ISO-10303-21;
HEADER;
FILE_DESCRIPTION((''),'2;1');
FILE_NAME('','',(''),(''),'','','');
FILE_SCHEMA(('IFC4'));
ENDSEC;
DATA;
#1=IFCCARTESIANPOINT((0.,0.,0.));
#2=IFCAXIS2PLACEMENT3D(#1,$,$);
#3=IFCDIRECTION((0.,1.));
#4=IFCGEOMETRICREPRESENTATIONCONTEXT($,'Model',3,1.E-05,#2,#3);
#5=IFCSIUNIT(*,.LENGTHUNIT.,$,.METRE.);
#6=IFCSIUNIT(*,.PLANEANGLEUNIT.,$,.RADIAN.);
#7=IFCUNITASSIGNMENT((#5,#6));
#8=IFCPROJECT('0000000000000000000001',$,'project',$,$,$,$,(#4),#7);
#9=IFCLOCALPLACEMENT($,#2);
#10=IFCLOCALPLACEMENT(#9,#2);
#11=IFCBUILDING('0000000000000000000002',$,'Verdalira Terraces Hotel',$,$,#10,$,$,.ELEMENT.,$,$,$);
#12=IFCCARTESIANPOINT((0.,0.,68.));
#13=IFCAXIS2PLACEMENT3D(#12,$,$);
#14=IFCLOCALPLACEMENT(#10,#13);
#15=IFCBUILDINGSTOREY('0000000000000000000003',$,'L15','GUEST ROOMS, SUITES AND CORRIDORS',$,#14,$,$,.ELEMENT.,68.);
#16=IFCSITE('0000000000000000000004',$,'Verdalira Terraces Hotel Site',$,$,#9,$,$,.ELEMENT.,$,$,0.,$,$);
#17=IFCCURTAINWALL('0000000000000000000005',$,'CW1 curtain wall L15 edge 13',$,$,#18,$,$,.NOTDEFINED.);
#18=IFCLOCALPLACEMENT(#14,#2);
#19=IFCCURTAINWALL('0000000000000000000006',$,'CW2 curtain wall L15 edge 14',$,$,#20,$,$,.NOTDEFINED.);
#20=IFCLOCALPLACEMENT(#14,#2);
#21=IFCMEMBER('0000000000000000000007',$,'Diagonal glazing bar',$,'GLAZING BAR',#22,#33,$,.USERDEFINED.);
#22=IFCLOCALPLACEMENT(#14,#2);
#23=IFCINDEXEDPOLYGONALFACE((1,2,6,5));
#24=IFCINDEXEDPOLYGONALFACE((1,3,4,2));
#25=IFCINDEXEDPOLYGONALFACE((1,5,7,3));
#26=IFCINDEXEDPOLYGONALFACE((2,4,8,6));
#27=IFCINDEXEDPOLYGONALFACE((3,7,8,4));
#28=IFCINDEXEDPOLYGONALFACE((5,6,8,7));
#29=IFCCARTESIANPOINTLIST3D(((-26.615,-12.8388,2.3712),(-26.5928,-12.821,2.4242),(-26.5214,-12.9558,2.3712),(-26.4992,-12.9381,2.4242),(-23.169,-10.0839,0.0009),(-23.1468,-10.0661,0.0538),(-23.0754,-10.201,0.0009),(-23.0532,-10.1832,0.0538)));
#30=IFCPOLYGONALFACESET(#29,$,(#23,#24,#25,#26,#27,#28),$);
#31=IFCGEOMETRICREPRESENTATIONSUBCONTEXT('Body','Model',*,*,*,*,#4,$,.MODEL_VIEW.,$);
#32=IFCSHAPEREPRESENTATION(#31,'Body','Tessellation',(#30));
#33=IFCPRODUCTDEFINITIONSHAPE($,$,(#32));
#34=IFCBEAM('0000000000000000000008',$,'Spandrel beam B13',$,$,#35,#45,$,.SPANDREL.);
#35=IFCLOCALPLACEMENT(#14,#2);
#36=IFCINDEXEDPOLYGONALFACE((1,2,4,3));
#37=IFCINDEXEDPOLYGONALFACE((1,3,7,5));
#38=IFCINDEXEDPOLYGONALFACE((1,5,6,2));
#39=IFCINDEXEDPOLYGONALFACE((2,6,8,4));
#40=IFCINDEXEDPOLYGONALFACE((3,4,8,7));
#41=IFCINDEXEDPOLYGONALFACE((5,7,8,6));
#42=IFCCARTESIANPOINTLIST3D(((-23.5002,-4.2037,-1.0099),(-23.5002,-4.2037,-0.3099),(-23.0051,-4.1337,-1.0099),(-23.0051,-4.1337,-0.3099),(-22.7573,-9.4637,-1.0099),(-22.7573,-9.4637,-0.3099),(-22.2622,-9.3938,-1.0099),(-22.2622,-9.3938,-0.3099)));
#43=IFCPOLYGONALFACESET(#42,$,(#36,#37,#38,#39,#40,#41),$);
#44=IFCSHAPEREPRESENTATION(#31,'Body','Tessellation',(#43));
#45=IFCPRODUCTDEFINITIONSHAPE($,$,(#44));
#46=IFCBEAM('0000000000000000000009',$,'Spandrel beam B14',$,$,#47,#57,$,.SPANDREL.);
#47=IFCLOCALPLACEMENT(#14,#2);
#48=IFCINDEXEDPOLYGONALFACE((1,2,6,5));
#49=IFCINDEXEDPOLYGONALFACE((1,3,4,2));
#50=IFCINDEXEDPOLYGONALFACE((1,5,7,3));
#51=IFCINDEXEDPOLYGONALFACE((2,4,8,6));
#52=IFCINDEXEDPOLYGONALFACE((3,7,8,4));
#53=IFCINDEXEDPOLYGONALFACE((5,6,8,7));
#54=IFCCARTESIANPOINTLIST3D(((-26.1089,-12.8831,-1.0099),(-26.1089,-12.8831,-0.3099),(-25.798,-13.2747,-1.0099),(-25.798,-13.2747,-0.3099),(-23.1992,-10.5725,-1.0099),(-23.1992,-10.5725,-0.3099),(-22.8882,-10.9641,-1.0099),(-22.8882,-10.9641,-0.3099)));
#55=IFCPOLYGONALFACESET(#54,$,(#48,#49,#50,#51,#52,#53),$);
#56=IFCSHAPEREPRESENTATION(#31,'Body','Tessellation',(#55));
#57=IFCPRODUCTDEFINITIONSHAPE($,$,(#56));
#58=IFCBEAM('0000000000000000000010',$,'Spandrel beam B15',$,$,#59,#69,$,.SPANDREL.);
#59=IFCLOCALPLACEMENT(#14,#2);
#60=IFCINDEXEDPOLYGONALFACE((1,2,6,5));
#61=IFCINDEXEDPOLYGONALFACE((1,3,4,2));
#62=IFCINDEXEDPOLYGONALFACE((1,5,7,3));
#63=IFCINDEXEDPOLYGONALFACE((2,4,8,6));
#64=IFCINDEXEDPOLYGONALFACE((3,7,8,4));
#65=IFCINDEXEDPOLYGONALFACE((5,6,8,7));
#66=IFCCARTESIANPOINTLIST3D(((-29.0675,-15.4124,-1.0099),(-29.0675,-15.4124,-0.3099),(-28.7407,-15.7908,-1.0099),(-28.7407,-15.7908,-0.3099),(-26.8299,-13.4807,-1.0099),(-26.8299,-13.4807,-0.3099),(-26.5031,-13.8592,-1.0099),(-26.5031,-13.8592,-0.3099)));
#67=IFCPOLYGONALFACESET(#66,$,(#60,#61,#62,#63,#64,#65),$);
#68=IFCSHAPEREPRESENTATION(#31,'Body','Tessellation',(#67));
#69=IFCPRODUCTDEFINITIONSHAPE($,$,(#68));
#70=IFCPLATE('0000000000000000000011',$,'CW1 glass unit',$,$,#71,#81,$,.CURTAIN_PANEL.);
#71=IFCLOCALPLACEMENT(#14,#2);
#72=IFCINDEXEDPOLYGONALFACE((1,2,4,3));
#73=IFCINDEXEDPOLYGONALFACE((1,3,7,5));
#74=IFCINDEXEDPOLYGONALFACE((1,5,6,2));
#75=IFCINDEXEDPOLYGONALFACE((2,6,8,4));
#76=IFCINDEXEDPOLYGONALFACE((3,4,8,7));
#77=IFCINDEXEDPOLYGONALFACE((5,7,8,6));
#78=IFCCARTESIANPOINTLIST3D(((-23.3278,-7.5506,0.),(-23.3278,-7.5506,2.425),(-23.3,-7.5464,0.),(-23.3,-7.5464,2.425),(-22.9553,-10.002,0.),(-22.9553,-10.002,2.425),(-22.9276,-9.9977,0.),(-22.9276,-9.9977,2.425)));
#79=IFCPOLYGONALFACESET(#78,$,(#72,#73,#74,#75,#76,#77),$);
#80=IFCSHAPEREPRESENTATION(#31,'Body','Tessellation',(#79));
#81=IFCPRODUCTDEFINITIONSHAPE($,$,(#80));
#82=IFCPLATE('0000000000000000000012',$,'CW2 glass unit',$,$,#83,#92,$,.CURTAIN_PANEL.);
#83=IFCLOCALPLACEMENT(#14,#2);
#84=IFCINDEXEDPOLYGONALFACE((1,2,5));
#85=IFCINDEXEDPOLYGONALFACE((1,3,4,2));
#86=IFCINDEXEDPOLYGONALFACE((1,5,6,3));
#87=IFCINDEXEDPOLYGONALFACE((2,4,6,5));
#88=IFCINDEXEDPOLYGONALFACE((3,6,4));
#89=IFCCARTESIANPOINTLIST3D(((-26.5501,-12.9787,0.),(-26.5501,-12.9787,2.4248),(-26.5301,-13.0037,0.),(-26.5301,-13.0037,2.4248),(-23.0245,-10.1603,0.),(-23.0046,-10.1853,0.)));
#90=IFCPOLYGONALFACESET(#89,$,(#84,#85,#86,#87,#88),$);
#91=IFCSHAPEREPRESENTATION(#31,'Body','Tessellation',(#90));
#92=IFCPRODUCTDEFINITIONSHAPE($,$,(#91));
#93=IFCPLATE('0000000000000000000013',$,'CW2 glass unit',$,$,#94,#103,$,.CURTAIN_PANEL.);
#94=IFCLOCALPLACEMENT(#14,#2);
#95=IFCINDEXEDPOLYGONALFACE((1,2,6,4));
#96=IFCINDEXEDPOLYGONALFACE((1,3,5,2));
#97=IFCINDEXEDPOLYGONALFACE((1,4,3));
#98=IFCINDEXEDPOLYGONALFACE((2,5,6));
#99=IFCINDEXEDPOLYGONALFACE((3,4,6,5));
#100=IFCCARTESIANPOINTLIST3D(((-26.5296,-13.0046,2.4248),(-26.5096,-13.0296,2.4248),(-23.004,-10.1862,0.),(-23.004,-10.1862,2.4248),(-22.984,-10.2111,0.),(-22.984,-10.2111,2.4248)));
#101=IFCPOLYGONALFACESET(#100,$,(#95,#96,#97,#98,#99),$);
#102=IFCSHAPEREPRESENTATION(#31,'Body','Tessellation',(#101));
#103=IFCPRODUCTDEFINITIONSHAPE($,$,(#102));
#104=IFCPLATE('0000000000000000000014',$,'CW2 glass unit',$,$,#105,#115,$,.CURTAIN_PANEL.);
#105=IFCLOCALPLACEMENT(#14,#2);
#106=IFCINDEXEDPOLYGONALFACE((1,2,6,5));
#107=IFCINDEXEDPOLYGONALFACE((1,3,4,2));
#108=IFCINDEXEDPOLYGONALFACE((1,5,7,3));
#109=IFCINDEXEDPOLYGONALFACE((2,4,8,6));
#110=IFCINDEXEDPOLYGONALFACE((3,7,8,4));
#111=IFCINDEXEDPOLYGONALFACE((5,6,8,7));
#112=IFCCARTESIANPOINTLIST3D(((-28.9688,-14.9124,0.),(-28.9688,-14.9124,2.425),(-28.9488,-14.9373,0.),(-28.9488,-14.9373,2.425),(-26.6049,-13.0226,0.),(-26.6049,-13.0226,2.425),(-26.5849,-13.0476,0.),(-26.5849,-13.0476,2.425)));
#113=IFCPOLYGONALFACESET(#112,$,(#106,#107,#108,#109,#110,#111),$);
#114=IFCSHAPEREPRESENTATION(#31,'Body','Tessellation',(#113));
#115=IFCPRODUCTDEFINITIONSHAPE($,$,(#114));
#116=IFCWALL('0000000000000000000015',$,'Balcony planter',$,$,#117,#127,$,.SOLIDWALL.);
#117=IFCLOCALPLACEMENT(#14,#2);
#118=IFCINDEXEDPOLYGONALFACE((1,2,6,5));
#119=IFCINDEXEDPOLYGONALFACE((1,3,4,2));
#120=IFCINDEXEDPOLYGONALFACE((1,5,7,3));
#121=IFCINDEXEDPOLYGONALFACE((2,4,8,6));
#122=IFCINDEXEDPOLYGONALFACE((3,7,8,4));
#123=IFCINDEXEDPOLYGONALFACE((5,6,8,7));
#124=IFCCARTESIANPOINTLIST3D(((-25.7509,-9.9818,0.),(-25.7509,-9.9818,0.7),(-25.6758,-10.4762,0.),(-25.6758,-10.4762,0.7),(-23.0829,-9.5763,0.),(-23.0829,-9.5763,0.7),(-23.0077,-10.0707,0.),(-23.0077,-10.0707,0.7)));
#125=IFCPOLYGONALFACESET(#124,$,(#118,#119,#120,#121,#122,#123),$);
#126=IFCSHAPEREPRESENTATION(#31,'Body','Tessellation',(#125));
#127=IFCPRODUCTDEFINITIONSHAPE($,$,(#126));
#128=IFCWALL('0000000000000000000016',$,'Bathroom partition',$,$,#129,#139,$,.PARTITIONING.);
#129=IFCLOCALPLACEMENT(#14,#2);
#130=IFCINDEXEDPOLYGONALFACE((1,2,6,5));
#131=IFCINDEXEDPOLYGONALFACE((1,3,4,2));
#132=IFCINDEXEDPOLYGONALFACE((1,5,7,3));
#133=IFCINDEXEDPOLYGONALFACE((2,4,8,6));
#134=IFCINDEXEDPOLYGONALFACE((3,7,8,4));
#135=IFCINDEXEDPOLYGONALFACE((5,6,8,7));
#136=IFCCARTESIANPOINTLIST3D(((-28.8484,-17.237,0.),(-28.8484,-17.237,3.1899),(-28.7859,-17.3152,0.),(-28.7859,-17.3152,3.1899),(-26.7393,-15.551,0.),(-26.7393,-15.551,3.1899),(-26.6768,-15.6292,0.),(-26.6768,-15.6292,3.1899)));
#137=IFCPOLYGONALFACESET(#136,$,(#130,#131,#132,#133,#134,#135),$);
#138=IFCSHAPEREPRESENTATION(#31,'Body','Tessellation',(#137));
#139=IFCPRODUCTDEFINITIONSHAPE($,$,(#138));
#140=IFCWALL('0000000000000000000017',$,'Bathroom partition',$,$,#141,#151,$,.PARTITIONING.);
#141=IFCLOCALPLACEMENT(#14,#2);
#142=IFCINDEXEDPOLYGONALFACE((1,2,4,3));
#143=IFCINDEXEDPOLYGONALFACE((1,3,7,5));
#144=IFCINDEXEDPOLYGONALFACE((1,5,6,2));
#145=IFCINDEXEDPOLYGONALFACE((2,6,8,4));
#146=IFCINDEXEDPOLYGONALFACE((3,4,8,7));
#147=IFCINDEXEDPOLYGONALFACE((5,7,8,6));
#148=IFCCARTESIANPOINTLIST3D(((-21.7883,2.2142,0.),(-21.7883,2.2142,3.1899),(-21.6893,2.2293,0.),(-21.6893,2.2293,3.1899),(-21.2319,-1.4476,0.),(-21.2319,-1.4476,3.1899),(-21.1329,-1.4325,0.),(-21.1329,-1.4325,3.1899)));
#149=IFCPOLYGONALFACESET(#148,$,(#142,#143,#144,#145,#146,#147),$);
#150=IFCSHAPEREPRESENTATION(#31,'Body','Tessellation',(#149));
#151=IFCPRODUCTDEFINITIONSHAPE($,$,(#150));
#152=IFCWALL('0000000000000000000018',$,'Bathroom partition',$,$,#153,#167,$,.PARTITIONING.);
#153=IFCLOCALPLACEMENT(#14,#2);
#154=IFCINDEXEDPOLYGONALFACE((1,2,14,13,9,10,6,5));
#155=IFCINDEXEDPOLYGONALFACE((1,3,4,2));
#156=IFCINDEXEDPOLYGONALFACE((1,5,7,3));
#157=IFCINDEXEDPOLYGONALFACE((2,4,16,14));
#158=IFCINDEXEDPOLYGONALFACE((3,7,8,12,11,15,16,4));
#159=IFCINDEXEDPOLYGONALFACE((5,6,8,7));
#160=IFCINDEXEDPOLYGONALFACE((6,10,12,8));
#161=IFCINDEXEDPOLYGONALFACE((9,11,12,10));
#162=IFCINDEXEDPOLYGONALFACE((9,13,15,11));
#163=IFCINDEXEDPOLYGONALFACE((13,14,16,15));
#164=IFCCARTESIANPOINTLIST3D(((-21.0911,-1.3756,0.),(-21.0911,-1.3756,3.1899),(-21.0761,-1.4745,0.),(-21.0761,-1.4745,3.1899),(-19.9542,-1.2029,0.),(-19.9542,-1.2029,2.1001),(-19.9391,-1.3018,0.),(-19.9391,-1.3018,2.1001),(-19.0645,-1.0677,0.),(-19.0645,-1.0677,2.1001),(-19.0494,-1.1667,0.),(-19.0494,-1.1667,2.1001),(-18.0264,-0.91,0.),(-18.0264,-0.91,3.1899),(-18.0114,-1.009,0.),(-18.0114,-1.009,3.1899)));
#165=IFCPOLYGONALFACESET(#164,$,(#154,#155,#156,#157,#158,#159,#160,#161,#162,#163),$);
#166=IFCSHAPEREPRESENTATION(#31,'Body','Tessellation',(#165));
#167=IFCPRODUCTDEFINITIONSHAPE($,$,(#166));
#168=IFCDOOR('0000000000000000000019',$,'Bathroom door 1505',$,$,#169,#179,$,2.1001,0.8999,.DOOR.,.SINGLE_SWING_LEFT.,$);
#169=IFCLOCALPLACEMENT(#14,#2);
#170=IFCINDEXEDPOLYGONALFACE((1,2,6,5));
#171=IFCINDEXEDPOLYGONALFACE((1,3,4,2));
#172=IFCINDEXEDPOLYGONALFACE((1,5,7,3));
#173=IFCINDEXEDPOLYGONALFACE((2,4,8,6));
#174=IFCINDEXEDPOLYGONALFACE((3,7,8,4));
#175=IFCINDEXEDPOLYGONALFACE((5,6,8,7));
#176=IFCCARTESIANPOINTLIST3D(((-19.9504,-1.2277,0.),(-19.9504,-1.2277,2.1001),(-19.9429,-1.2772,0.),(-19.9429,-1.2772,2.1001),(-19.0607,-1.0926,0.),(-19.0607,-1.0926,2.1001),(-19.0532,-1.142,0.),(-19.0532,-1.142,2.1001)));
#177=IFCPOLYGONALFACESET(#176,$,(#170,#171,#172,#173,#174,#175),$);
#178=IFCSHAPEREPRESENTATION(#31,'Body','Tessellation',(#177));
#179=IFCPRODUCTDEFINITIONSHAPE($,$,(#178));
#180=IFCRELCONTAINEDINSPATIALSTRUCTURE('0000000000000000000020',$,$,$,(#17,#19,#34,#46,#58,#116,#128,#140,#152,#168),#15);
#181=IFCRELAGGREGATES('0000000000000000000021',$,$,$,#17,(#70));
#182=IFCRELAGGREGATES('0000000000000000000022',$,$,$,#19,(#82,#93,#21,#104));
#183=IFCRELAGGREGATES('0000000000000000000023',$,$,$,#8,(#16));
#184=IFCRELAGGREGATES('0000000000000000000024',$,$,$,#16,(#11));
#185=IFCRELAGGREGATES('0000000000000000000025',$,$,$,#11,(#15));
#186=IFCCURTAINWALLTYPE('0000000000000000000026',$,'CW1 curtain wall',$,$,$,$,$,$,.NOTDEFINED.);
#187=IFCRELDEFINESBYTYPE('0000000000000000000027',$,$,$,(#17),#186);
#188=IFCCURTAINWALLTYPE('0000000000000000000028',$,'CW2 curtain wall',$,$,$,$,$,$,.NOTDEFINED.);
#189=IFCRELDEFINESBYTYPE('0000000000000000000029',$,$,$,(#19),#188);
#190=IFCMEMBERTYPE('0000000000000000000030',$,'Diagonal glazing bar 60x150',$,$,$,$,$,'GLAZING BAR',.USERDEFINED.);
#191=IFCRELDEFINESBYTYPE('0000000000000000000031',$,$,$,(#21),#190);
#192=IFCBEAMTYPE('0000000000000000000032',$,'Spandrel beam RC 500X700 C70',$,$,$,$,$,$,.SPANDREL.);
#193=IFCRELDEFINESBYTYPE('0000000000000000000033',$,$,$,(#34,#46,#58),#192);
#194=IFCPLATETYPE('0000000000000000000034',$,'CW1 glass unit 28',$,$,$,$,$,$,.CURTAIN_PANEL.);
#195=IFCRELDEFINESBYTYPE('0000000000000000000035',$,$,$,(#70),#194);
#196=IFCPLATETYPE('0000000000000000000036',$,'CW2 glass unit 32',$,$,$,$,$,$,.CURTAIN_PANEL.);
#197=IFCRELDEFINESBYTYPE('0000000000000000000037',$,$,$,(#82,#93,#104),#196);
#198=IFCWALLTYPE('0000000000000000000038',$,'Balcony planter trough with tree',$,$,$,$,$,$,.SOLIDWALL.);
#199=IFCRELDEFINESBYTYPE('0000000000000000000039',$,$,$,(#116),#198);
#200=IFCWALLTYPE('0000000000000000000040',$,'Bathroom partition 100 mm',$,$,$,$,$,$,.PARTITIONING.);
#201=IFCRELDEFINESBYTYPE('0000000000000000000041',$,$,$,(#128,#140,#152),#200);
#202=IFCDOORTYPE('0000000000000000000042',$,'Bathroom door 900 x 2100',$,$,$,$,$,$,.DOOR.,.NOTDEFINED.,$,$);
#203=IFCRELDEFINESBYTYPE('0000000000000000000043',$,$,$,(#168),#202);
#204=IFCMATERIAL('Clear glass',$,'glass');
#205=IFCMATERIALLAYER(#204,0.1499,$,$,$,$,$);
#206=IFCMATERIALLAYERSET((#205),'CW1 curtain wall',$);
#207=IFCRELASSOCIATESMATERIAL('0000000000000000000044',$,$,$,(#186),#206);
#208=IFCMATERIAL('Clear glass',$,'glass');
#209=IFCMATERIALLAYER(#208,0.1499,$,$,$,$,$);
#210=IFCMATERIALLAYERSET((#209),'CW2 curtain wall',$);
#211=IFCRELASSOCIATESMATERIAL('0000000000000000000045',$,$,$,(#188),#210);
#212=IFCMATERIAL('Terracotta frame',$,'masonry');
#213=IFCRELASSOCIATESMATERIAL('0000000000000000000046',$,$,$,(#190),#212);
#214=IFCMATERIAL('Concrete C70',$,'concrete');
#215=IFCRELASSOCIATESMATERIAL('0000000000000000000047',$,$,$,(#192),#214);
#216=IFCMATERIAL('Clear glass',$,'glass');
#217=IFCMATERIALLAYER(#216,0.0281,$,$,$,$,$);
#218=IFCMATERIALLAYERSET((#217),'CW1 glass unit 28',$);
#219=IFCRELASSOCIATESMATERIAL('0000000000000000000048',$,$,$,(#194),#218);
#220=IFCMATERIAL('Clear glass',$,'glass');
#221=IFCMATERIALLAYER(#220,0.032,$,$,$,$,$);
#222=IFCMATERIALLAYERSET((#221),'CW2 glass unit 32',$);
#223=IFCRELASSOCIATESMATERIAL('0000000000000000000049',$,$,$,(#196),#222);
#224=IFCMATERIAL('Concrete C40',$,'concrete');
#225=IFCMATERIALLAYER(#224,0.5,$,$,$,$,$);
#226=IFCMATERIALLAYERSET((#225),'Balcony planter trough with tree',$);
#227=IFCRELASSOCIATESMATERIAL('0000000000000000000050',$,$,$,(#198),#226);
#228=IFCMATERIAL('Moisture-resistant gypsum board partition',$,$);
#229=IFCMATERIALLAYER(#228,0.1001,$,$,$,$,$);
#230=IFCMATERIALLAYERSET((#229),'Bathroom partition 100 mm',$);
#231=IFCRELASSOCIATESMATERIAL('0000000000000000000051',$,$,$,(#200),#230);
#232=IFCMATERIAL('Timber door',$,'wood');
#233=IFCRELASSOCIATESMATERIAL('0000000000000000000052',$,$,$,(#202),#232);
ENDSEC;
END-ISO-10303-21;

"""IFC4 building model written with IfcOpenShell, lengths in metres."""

from ifc_helpers import new_model, si_unit, direction, frame, frame_2d, origin, origin_2d, place, context, subcontext, project, spatial, polyline, rectangle, outline, extrude, material, layer, layer_set, material_profile, profile_set, type_object, element, fill, aggregate, save


model = new_model("IFC4")

# Units and contexts
model_context = context("Model", 3, precision=1e-05, world=origin(), true_north=direction((0.0, 1.0)))
body_context = subcontext(model_context, "Body", "Model", "MODEL_VIEW")
ifc_project = project(units=[si_unit("LENGTHUNIT", "METRE"), si_unit("PLANEANGLEUNIT", "RADIAN")], contexts=[model_context])

# Site, building, storey
site_placement = place(None, origin())
site = spatial("IfcSite", under=ifc_project, at=site_placement, Name="Verdalira Terraces Hotel Site", CompositionType="ELEMENT", RefElevation=0.0)
building_placement = place(site_placement, origin())
building = spatial("IfcBuilding", under=site, at=building_placement, Name="Verdalira Terraces Hotel", CompositionType="ELEMENT")
storey_placement = place(building_placement, frame((0.0, 0.0, 68.0)))
storey = spatial("IfcBuildingStorey", under=building, at=storey_placement, Name="L15", Description="GUEST ROOMS, SUITES AND CORRIDORS", CompositionType="ELEMENT", Elevation=68.0)

# Curtain wall
ifc_material_1 = material(Name="Clear glass", Category="glass")
ifc_layer_1 = layer(ifc_material_1, 0.1499)
ifc_layer_set_1 = layer_set([ifc_layer_1], Name="CW1 curtain wall")
curtain_wall_type_1 = type_object("IfcCurtainWallType", Name="CW1 curtain wall", PredefinedType="NOTDEFINED", material=ifc_layer_set_1)
curtain_wall_1_placement = place(storey_placement, origin())
curtain_wall_1 = element("IfcCurtainWall", 1, at=curtain_wall_1_placement, inside=storey, type_object=curtain_wall_type_1, Name="CW1 curtain wall L15 edge 13", PredefinedType="NOTDEFINED")

# Curtain wall, member
ifc_material_2 = material(Name="Clear glass", Category="glass")
ifc_layer_2 = layer(ifc_material_2, 0.1499)
ifc_layer_set_2 = layer_set([ifc_layer_2], Name="CW2 curtain wall")
curtain_wall_type_2 = type_object("IfcCurtainWallType", Name="CW2 curtain wall", PredefinedType="NOTDEFINED", material=ifc_layer_set_2)
curtain_wall_2_placement = place(storey_placement, origin())
curtain_wall_2 = element("IfcCurtainWall", 2, at=curtain_wall_2_placement, inside=storey, type_object=curtain_wall_type_2, Name="CW2 curtain wall L15 edge 14", PredefinedType="NOTDEFINED")
ifc_material_3 = material(Name="Terracotta frame", Category="masonry")
ifc_material_profile_1 = material_profile(ifc_material_3, rectangle(XDim=0.1499, YDim=0.0601, at=origin_2d()), Name="GB 60x150")
ifc_profile_set_1 = profile_set([ifc_material_profile_1], Name="Terracotta frame")
member_type_1 = type_object("IfcMemberType", Name="Diagonal glazing bar 60x150", ElementType="GLAZING BAR", PredefinedType="USERDEFINED", material=ifc_profile_set_1)
member_1_placement = place(storey_placement, frame((-23.1111, -10.1335, 0.0273), z_axis=(-0.688065, -0.550062, 0.473285), x_axis=(0.624425, -0.781085, 0.0)))
member_1 = element("IfcMember", 3, at=member_1_placement, type_object=member_type_1, Name="Diagonal glazing bar", ObjectType="GLAZING BAR", PredefinedType="USERDEFINED", context=body_context, shape_type="SweptSolid", body=[
    extrude(rectangle(XDim=0.1499, YDim=0.0601, at=origin_2d()), origin(), (0.0, 0.0, 1.0), 5.0083),
])

# Beams
ifc_material_4 = material(Name="Concrete C70", Category="concrete")
ifc_material_profile_2 = material_profile(ifc_material_4, rectangle(XDim=0.5, YDim=0.7, at=origin_2d()), Name="RC 500X700")
ifc_profile_set_2 = profile_set([ifc_material_profile_2], Name="Concrete C70")
beam_type_1 = type_object("IfcBeamType", Name="Spandrel beam RC 500X700 C70", PredefinedType="SPANDREL", material=ifc_profile_set_2)
beam_1_placement = place(storey_placement, frame((-23.2527, -4.1687, -0.6599), z_axis=(0.139851, -0.990173, 0.0), x_axis=(0.990173, 0.139851, 0.0)))
element("IfcBeam", 4, at=beam_1_placement, inside=storey, type_object=beam_type_1, Name="Spandrel beam B13", PredefinedType="SPANDREL", context=body_context, shape_type="SweptSolid", body=[
    extrude(rectangle(XDim=0.5, YDim=0.7, at=origin_2d()), origin(), (0.0, 0.0, 1.0), 5.3123),
])
beam_2_placement = place(storey_placement, frame((-23.0437, -10.7683, -0.6599), z_axis=(-0.78312, -0.62187, 0.0), x_axis=(0.62187, -0.78312, 0.0)))
element("IfcBeam", 5, at=beam_2_placement, inside=storey, type_object=beam_type_1, Name="Spandrel beam B14", PredefinedType="SPANDREL", context=body_context, shape_type="SweptSolid", body=[
    extrude(rectangle(XDim=0.5, YDim=0.7, at=origin_2d()), origin(), (0.0, 0.0, 1.0), 3.7156),
])
beam_3_placement = place(storey_placement, frame((-26.6665, -13.6699, -0.6599), z_axis=(-0.756955, -0.653467, 0.0), x_axis=(0.653467, -0.756955, 0.0)))
element("IfcBeam", 6, at=beam_3_placement, inside=storey, type_object=beam_type_1, Name="Spandrel beam B15", PredefinedType="SPANDREL", context=body_context, shape_type="SweptSolid", body=[
    extrude(rectangle(XDim=0.5, YDim=0.7, at=origin_2d()), origin(), (0.0, 0.0, 1.0), 2.9561),
])

# Plates
ifc_material_5 = material(Name="Clear glass", Category="glass")
ifc_layer_3 = layer(ifc_material_5, 0.0281)
ifc_layer_set_3 = layer_set([ifc_layer_3], Name="CW1 glass unit 28")
plate_type_1 = type_object("IfcPlateType", Name="CW1 glass unit 28", PredefinedType="CURTAIN_PANEL", material=ifc_layer_set_3)
plate_1_placement = place(storey_placement, frame((-23.1277, -8.7742, 0.0), z_axis=(0.0, 0.0, 1.0), x_axis=(0.150226, -0.988652, 0.0)))
plate_1 = element("IfcPlate", 7, at=plate_1_placement, type_object=plate_type_1, Name="CW1 glass unit", PredefinedType="CURTAIN_PANEL", context=body_context, shape_type="SweptSolid", body=[
    extrude(rectangle(XDim=2.4795, YDim=0.0281, at=origin_2d()), origin(), (0.0, 0.0, 1.0), 2.425),
])
aggregate(curtain_wall_1, [plate_1])
ifc_material_6 = material(Name="Clear glass", Category="glass")
ifc_layer_4 = layer(ifc_material_6, 0.032)
ifc_layer_set_4 = layer_set([ifc_layer_4], Name="CW2 glass unit 32")
plate_type_2 = type_object("IfcPlateType", Name="CW2 glass unit 32", PredefinedType="CURTAIN_PANEL", material=ifc_layer_set_4)
plate_2_placement = place(storey_placement, frame((-24.7673, -11.5945, 1.2124), z_axis=(-0.624425, 0.781085, 0.0), x_axis=(-0.781085, -0.624425, 0.0)))
plate_2 = element("IfcPlate", 8, at=plate_2_placement, type_object=plate_type_2, Name="CW2 glass unit", PredefinedType="CURTAIN_PANEL", context=body_context, shape_type="SweptSolid", body=[
    extrude(outline(polyline([(-2.2568, -1.2124), (2.2568, -1.2124), (2.2568, 1.2124), (-2.2568, -1.2124)])), origin(), (0.0, 0.0, 1.0), 0.032),
])
plate_3_placement = place(storey_placement, frame((-24.7468, -11.6204, 1.2124), z_axis=(-0.624425, 0.781085, 0.0), x_axis=(-0.781085, -0.624425, 0.0)))
plate_3 = element("IfcPlate", 9, at=plate_3_placement, type_object=plate_type_2, Name="CW2 glass unit", PredefinedType="CURTAIN_PANEL", context=body_context, shape_type="SweptSolid", body=[
    extrude(outline(polyline([(-2.2568, -1.2124), (2.2568, 1.2124), (-2.2568, 1.2124), (-2.2568, -1.2124)])), origin(), (0.0, 0.0, 1.0), 0.032),
])
plate_4_placement = place(storey_placement, frame((-27.7769, -13.98, 0.0), z_axis=(0.0, 0.0, 1.0), x_axis=(-0.781085, -0.624425, 0.0)))
plate_4 = element("IfcPlate", 10, at=plate_4_placement, type_object=plate_type_2, Name="CW2 glass unit", PredefinedType="CURTAIN_PANEL", context=body_context, shape_type="SweptSolid", body=[
    extrude(rectangle(XDim=3.0264, YDim=0.032, at=origin_2d()), origin(), (0.0, 0.0, 1.0), 2.425),
])
aggregate(curtain_wall_2, [plate_2, plate_3, member_1, plate_4])

# Walls
ifc_material_7 = material(Name="Concrete C40", Category="concrete")
ifc_layer_5 = layer(ifc_material_7, 0.5)
ifc_layer_set_5 = layer_set([ifc_layer_5], Name="Balcony planter trough with tree")
wall_type_1 = type_object("IfcWallType", Name="Balcony planter trough with tree", PredefinedType="SOLIDWALL", material=ifc_layer_set_5)
wall_1_placement = place(storey_placement, frame((-25.7134, -10.229, 0.0), z_axis=(0.0, 0.0, 1.0), x_axis=(0.988647, 0.150256, 0.0)))
element("IfcWall", 11, at=wall_1_placement, inside=storey, type_object=wall_type_1, Name="Balcony planter", PredefinedType="SOLIDWALL", context=body_context, shape_type="SweptSolid", body=[
    extrude(rectangle(XDim=2.6987, YDim=0.5, at=frame_2d((1.3494, 0.0))), origin(), (0.0, 0.0, 1.0), 0.7),
])
ifc_material_8 = material(Name="Moisture-resistant gypsum board partition")
ifc_layer_6 = layer(ifc_material_8, 0.1001)
ifc_layer_set_6 = layer_set([ifc_layer_6], Name="Bathroom partition 100 mm")
wall_type_2 = type_object("IfcWallType", Name="Bathroom partition 100 mm", PredefinedType="PARTITIONING", material=ifc_layer_set_6)
wall_2_placement = place(storey_placement, frame((-26.708, -15.5901, 0.0), z_axis=(0.0, 0.0, 1.0), x_axis=(-0.781098, -0.624408, 0.0)))
element("IfcWall", 12, at=wall_2_placement, inside=storey, type_object=wall_type_2, Name="Bathroom partition", PredefinedType="PARTITIONING", context=body_context, shape_type="SweptSolid", body=[
    extrude(rectangle(XDim=2.7002, YDim=0.1001, at=frame_2d((1.3501, 0.0))), origin(), (0.0, 0.0, 1.0), 3.1899),
])
wall_3_placement = place(storey_placement, frame((-21.1824, -1.4402, 0.0), z_axis=(0.0, 0.0, 1.0), x_axis=(-0.150219, 0.988653, 0.0)))
element("IfcWall", 13, at=wall_3_placement, inside=storey, type_object=wall_type_2, Name="Bathroom partition", PredefinedType="PARTITIONING", context=body_context, shape_type="SweptSolid", body=[
    extrude(rectangle(XDim=3.7039, YDim=0.1001, at=frame_2d((1.8521, 0.0))), origin(), (0.0, 0.0, 1.0), 3.1899),
])

# Wall, opening, door
wall_4_placement = place(storey_placement, frame((-21.0835, -1.425, 0.0), z_axis=(0.0, 0.0, 1.0), x_axis=(0.988657, 0.150193, 0.0)))
wall_4 = element("IfcWall", 14, at=wall_4_placement, inside=storey, type_object=wall_type_2, Name="Bathroom partition", PredefinedType="PARTITIONING", context=body_context, shape_type="SweptSolid", body=[
    extrude(rectangle(XDim=3.0999, YDim=0.1001, at=frame_2d((1.5498, 0.0))), origin(), (0.0, 0.0, 1.0), 3.1899),
])
opening_1_placement = place(wall_4_placement, frame((1.1499, 0.0, 0.0)))
opening_1 = element("IfcOpeningElement", 15, at=opening_1_placement, cuts=wall_4, PredefinedType="OPENING", context=body_context, shape_type="SweptSolid", body=[
    extrude(rectangle(XDim=0.8999, YDim=2.1001, at=frame_2d((0.45, 1.05))), frame((0.0, 0.0601, 0.0), z_axis=(0.0, -1.0, 0.0), x_axis=(1.0, 0.0, 0.0)), (0.0, 0.0, 1.0), 0.1201),
])
ifc_material_9 = material(Name="Timber door", Category="wood")
door_type_1 = type_object("IfcDoorType", Name="Bathroom door 900 x 2100", OperationType="NOTDEFINED", PredefinedType="DOOR", material=ifc_material_9)
door_1_placement = place(opening_1_placement, origin())
door_1 = element("IfcDoor", 16, at=door_1_placement, inside=storey, type_object=door_type_1, Name="Bathroom door 1505", OperationType="SINGLE_SWING_LEFT", OverallHeight=2.1001, OverallWidth=0.8999, PredefinedType="DOOR", context=body_context, shape_type="SweptSolid", body=[
    extrude(rectangle(XDim=0.8999, YDim=2.1001, at=frame_2d((0.45, 1.05))), frame((0.0, 0.0249, 0.0), z_axis=(0.0, -1.0, 0.0), x_axis=(1.0, 0.0, 0.0)), (0.0, 0.0, 1.0), 0.05),
])
fill(opening_1, door_1)

save(model, "model.ifc")
